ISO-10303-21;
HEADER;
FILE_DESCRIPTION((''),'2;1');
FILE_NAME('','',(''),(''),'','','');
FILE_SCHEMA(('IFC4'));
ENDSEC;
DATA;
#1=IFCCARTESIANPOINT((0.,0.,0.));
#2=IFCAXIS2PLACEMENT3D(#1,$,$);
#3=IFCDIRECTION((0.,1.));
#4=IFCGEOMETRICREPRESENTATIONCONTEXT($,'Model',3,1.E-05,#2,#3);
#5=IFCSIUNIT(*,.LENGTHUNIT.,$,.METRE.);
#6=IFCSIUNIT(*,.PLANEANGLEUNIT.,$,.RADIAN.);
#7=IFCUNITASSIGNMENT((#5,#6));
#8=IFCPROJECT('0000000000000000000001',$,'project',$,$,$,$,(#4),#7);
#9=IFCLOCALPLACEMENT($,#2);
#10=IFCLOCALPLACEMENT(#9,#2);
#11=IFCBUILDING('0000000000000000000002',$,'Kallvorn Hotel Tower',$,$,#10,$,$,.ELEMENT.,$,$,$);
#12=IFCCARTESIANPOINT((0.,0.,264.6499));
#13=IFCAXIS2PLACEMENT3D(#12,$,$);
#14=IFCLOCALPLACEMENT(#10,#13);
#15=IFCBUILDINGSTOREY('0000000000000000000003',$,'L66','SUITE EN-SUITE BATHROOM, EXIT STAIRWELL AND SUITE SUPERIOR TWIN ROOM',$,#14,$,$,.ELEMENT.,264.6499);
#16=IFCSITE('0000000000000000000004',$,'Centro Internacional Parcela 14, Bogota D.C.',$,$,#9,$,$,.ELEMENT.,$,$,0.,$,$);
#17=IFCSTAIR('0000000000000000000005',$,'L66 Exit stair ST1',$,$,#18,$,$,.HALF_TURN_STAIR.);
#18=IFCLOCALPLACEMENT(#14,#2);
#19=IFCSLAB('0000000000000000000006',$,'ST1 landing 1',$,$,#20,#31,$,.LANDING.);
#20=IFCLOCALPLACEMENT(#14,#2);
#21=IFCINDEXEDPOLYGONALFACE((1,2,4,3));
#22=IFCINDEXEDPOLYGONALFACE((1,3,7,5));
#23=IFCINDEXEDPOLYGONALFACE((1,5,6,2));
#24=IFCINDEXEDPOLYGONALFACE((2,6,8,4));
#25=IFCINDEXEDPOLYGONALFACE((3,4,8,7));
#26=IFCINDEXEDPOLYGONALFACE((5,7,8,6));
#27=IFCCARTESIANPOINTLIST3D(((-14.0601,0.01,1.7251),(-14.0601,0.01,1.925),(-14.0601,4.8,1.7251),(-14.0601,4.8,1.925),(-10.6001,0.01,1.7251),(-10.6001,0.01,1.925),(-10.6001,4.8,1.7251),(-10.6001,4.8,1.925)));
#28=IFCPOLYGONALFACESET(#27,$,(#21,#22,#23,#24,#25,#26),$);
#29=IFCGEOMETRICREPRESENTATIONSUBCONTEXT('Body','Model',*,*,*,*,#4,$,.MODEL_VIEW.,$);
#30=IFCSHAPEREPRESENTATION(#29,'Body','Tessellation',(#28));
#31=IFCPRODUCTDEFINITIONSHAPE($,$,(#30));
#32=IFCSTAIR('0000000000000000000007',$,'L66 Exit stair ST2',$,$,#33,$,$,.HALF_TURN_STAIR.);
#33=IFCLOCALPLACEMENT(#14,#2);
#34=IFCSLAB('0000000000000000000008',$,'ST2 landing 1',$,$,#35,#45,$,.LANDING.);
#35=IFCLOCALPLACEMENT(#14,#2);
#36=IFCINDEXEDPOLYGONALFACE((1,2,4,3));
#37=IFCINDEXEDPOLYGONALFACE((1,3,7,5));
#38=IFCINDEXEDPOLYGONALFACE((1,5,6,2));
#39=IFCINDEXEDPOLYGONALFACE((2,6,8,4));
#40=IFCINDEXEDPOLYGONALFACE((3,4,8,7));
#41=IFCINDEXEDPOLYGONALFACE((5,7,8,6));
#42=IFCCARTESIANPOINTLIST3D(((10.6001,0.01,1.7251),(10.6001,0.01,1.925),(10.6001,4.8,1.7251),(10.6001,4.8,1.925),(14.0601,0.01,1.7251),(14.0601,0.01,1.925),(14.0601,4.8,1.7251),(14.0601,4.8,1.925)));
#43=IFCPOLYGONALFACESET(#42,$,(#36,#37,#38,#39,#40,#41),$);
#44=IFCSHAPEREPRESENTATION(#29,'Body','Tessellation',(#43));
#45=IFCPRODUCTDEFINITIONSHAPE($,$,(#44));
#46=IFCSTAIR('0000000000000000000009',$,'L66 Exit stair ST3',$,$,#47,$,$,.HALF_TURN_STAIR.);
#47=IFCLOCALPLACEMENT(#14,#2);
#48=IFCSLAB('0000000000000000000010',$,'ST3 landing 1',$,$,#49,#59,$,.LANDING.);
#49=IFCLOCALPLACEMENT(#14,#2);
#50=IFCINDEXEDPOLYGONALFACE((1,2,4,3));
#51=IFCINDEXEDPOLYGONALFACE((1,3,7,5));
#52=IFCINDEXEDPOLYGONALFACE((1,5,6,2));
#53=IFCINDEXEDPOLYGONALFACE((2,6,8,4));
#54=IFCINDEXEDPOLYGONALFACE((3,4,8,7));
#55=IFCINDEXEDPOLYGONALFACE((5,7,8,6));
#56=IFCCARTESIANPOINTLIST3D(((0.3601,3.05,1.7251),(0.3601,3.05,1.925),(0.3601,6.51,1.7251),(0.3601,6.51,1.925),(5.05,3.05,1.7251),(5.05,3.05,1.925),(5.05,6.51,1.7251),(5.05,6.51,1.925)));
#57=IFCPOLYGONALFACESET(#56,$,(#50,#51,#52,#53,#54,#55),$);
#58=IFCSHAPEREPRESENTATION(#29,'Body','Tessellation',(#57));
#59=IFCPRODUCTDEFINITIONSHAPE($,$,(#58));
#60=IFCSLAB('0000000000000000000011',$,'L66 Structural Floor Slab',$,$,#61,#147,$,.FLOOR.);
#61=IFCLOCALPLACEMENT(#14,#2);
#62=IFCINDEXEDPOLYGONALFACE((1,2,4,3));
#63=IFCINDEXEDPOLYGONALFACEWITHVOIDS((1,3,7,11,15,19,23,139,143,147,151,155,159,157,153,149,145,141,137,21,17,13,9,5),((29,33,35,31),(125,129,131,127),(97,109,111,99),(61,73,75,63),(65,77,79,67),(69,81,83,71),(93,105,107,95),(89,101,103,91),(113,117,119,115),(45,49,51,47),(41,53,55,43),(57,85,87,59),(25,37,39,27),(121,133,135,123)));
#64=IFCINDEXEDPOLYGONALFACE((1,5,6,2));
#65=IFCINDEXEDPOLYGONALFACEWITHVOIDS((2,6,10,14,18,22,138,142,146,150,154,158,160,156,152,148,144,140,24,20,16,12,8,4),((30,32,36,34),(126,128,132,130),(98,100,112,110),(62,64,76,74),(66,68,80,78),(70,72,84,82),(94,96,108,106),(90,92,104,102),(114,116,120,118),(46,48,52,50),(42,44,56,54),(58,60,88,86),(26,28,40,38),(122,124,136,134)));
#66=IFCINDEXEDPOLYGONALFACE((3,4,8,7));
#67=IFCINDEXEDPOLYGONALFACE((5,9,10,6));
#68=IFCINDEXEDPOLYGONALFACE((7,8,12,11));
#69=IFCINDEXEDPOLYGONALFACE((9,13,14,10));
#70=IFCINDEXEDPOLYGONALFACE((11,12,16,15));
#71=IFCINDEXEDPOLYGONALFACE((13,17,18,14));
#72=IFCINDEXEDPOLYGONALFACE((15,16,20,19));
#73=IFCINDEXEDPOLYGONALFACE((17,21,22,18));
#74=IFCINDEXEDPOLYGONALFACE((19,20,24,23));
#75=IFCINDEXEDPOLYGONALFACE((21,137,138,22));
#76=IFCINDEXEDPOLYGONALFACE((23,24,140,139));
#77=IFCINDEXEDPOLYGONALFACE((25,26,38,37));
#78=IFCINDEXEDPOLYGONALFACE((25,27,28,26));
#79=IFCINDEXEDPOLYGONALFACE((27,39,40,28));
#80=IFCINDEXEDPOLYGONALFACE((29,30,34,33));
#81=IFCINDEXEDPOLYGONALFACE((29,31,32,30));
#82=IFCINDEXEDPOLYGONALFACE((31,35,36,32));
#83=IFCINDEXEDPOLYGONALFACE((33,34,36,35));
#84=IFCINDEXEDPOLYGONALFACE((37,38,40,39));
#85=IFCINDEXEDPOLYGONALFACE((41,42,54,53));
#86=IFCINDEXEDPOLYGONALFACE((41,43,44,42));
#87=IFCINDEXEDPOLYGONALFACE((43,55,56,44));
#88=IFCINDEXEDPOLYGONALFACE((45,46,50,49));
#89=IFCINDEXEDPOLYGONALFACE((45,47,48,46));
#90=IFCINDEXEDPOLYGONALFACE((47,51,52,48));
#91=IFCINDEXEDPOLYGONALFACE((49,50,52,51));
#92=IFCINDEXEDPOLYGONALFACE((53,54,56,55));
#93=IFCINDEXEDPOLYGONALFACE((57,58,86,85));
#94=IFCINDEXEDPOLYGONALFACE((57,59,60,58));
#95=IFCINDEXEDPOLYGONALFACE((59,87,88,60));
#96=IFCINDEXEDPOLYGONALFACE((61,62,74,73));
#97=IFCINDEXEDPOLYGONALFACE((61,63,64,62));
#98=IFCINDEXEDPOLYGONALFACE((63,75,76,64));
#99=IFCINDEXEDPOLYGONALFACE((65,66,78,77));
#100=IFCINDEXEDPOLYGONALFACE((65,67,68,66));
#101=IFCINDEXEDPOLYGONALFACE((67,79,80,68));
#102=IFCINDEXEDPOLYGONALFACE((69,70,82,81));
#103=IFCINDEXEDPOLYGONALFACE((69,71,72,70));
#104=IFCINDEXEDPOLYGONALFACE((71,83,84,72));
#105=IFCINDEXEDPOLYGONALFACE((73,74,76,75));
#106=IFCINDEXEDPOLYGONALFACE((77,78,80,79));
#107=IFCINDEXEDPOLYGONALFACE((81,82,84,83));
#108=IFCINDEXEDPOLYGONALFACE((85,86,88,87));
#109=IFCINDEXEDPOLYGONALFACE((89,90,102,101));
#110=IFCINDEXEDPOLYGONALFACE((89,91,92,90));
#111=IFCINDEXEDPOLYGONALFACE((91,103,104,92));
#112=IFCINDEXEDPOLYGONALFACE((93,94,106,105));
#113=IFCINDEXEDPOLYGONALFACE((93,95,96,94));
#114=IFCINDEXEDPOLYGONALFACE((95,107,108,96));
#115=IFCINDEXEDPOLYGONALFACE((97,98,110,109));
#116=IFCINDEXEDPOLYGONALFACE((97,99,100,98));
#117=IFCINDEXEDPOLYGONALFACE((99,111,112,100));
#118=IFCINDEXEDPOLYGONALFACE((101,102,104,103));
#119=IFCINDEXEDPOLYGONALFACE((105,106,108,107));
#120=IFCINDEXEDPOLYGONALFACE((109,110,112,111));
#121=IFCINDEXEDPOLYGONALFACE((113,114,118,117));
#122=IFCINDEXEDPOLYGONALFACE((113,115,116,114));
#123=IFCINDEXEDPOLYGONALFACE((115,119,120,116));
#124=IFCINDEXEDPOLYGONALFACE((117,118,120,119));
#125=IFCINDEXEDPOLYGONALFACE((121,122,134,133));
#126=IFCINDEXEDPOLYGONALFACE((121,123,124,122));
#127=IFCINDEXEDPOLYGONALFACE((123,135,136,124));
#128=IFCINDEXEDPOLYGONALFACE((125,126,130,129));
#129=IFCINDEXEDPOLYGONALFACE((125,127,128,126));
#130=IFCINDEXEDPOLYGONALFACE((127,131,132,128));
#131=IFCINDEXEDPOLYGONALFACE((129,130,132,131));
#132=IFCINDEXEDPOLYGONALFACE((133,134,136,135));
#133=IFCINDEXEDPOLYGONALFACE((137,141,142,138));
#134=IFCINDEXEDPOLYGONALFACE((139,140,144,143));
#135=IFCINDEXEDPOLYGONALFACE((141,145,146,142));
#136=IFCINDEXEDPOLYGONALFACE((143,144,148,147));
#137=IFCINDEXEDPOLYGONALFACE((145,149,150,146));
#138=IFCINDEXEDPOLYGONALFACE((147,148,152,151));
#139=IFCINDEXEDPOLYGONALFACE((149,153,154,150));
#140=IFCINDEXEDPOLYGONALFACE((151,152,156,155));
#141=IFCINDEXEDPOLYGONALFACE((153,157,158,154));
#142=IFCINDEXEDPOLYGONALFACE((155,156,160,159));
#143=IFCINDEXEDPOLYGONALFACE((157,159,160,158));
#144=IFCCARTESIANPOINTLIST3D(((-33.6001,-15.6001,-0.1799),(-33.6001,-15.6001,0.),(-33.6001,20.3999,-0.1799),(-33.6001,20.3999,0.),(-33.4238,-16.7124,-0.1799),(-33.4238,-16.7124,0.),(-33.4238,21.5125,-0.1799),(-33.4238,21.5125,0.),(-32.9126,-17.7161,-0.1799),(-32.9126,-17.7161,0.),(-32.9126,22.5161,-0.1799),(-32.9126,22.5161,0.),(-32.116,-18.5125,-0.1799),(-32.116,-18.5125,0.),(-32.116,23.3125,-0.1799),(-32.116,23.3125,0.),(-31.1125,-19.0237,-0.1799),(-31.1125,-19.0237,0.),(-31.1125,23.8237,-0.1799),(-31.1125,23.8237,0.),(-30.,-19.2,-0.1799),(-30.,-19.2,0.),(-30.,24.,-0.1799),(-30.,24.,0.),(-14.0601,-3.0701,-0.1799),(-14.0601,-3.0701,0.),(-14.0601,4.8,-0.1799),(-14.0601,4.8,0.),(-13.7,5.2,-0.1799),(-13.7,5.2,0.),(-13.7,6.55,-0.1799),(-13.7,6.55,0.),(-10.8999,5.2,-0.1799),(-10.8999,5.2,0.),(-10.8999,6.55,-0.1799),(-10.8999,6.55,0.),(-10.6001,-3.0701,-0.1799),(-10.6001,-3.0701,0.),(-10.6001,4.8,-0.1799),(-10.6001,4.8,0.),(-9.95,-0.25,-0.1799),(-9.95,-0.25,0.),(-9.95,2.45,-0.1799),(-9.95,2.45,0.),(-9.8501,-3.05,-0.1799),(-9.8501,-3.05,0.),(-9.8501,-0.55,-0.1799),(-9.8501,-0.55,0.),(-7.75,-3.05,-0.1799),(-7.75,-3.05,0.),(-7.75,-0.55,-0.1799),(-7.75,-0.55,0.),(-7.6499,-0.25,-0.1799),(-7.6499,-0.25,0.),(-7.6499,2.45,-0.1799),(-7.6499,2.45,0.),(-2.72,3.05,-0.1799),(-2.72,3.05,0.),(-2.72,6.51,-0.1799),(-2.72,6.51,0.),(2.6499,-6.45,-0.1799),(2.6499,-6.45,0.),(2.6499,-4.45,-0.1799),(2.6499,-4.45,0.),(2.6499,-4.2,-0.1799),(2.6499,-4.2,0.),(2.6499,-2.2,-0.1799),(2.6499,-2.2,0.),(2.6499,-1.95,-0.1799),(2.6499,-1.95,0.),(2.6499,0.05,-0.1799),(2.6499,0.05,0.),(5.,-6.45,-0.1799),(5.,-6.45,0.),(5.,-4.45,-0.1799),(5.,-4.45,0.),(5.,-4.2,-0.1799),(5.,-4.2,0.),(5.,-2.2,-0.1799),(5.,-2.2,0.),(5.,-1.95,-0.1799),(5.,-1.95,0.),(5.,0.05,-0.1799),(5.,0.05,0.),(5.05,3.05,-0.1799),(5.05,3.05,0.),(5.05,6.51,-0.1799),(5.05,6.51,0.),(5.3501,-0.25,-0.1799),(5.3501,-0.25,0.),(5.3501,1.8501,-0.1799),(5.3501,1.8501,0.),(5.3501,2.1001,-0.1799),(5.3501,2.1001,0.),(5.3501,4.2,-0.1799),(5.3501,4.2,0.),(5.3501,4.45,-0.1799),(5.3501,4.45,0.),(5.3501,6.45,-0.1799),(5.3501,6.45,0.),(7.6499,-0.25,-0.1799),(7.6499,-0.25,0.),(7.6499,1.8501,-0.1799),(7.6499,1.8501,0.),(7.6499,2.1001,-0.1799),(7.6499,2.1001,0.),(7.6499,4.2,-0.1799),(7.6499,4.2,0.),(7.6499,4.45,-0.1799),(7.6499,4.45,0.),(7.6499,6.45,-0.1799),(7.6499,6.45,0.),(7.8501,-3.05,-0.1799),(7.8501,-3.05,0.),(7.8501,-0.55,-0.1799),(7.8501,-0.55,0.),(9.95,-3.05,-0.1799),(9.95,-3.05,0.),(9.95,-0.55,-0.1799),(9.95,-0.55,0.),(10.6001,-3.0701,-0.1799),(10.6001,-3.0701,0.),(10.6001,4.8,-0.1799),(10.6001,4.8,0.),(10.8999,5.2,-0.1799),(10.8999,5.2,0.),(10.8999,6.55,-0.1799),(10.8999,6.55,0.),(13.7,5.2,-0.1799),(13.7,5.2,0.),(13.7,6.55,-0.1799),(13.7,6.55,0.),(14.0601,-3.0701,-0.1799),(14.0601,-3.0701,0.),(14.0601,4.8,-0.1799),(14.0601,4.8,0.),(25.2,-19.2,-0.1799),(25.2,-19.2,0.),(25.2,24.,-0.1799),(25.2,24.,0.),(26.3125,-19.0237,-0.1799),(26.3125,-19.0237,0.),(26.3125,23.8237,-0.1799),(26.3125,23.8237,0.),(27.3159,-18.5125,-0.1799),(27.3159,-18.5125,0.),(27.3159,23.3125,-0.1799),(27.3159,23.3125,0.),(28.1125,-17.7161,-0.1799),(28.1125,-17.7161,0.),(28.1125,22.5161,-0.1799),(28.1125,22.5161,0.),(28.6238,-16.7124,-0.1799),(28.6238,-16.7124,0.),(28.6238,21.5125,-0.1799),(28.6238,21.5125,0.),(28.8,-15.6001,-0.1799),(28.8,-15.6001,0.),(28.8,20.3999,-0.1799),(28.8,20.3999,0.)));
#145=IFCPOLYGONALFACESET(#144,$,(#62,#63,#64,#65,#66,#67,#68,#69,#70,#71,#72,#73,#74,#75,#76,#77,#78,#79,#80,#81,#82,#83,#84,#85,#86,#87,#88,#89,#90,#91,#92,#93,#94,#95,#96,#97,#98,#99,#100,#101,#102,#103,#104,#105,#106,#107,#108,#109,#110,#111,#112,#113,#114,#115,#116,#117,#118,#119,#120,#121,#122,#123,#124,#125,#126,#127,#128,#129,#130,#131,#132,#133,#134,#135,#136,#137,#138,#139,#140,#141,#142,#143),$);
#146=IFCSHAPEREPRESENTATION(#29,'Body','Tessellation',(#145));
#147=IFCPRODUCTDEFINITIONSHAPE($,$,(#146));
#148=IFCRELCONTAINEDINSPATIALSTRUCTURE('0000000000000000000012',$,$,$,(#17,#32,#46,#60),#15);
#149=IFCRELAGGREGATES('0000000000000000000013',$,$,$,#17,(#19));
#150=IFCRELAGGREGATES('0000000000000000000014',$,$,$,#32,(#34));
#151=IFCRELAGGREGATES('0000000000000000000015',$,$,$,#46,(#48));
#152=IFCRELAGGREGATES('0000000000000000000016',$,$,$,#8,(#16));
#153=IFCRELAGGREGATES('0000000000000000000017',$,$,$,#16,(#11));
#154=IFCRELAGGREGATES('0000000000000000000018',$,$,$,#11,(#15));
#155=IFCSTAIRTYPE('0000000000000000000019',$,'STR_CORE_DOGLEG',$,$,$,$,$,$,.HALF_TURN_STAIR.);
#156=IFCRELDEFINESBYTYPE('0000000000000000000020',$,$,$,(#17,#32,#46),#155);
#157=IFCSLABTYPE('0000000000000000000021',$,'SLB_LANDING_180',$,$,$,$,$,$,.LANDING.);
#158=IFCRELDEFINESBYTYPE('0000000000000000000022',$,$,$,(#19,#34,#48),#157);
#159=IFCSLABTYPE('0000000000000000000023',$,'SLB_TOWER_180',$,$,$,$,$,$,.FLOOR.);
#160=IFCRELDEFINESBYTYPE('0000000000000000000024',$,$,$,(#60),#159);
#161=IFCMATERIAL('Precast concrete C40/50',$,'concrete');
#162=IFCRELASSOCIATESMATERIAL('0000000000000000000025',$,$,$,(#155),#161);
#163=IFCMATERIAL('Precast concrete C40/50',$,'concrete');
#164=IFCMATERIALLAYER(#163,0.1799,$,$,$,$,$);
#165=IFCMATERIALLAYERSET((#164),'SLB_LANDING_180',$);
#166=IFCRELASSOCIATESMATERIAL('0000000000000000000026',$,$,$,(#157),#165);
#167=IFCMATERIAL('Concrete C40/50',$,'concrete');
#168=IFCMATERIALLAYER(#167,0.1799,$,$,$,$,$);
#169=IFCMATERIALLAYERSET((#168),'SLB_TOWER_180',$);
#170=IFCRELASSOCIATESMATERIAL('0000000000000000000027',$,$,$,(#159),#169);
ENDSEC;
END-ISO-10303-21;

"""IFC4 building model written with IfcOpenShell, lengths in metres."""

from ifc_helpers import new_model, si_unit, direction, frame, origin, place, context, subcontext, project, spatial, polyline, outline, extrude, material, layer, layer_set, type_object, element, aggregate, save


model = new_model("IFC4")

# Units and contexts
model_context = context("Model", 3, precision=1e-05, world=origin(), true_north=direction((0.0, 1.0)))
body_context = subcontext(model_context, "Body", "Model", "MODEL_VIEW")
ifc_project = project(units=[si_unit("LENGTHUNIT", "METRE"), si_unit("PLANEANGLEUNIT", "RADIAN")], contexts=[model_context])

# Site, building, storey
site_placement = place(None, origin())
site = spatial("IfcSite", under=ifc_project, at=site_placement, Name="Centro Internacional Parcela 14, Bogota D.C.", CompositionType="ELEMENT", RefElevation=0.0)
building_placement = place(site_placement, origin())
building = spatial("IfcBuilding", under=site, at=building_placement, Name="Kallvorn Hotel Tower", CompositionType="ELEMENT")
storey_placement = place(building_placement, frame((0.0, 0.0, 264.6499)))
storey = spatial("IfcBuildingStorey", under=building, at=storey_placement, Name="L66", Description="SUITE EN-SUITE BATHROOM, EXIT STAIRWELL AND SUITE SUPERIOR TWIN ROOM", CompositionType="ELEMENT", Elevation=264.6499)

# Stairs, slabs
ifc_material_1 = material(Name="Precast concrete C40/50", Category="concrete")
stair_type = type_object("IfcStairType", Name="STR_CORE_DOGLEG", PredefinedType="HALF_TURN_STAIR", material=ifc_material_1)
stair_1_placement = place(storey_placement, origin())
stair_1 = element("IfcStair", 1, at=stair_1_placement, inside=storey, type_object=stair_type, Name="L66 Exit stair ST1", PredefinedType="HALF_TURN_STAIR")
ifc_material_2 = material(Name="Precast concrete C40/50", Category="concrete")
ifc_layer_1 = layer(ifc_material_2, 0.1799)
ifc_layer_set_1 = layer_set([ifc_layer_1], Name="SLB_LANDING_180")
slab_type_1 = type_object("IfcSlabType", Name="SLB_LANDING_180", PredefinedType="LANDING", material=ifc_layer_set_1)
slab_1_placement = place(storey_placement, frame((0.0, 0.0, 1.7251)))
slab_1 = element("IfcSlab", 2, at=slab_1_placement, type_object=slab_type_1, Name="ST1 landing 1", PredefinedType="LANDING", context=body_context, shape_type="SweptSolid", body=[
    extrude(outline(polyline([(-10.6001, 0.01), (-10.6001, 4.8), (-14.0601, 4.8), (-14.0601, 0.01), (-10.6001, 0.01)])), origin(), (0.0, 0.0, 1.0), 0.2),
])
aggregate(stair_1, [slab_1])
stair_2_placement = place(storey_placement, origin())
stair_2 = element("IfcStair", 3, at=stair_2_placement, inside=storey, type_object=stair_type, Name="L66 Exit stair ST2", PredefinedType="HALF_TURN_STAIR")
slab_2_placement = place(storey_placement, frame((0.0, 0.0, 1.7251)))
slab_2 = element("IfcSlab", 4, at=slab_2_placement, type_object=slab_type_1, Name="ST2 landing 1", PredefinedType="LANDING", context=body_context, shape_type="SweptSolid", body=[
    extrude(outline(polyline([(14.0601, 0.01), (14.0601, 4.8), (10.6001, 4.8), (10.6001, 0.01), (14.0601, 0.01)])), origin(), (0.0, 0.0, 1.0), 0.2),
])
aggregate(stair_2, [slab_2])
stair_3_placement = place(storey_placement, origin())
stair_3 = element("IfcStair", 5, at=stair_3_placement, inside=storey, type_object=stair_type, Name="L66 Exit stair ST3", PredefinedType="HALF_TURN_STAIR")
slab_3_placement = place(storey_placement, frame((0.0, 0.0, 1.7251)))
slab_3 = element("IfcSlab", 6, at=slab_3_placement, type_object=slab_type_1, Name="ST3 landing 1", PredefinedType="LANDING", context=body_context, shape_type="SweptSolid", body=[
    extrude(outline(polyline([(0.3601, 3.05), (5.05, 3.05), (5.05, 6.51), (0.3601, 6.51), (0.3601, 3.05)])), origin(), (0.0, 0.0, 1.0), 0.2),
])
aggregate(stair_3, [slab_3])

# Slab
ifc_material_3 = material(Name="Concrete C40/50", Category="concrete")
ifc_layer_2 = layer(ifc_material_3, 0.1799)
ifc_layer_set_2 = layer_set([ifc_layer_2], Name="SLB_TOWER_180")
slab_type_2 = type_object("IfcSlabType", Name="SLB_TOWER_180", PredefinedType="FLOOR", material=ifc_layer_set_2)
slab_4_placement = place(storey_placement, frame((0.0, 0.0, -0.1799)))
element("IfcSlab", 7, at=slab_4_placement, inside=storey, type_object=slab_type_2, Name="L66 Structural Floor Slab", PredefinedType="FLOOR", context=body_context, shape_type="SweptSolid", body=[
    extrude(outline(polyline([(25.2, -19.2), (26.3125, -19.0237), (27.3159, -18.5125), (28.1125, -17.7161), (28.6238, -16.7124), (28.8, -15.6001), (28.8, 20.3999), (28.6238, 21.5125), (28.1125, 22.5161), (27.3159, 23.3125), (26.3125, 23.8237), (25.2, 24.0), (-30.0, 24.0), (-31.1125, 23.8237), (-32.116, 23.3125), (-32.9126, 22.5161), (-33.4238, 21.5125), (-33.6001, 20.3999), (-33.6001, -15.6001), (-33.4238, -16.7124), (-32.9126, -17.7161), (-32.116, -18.5125), (-31.1125, -19.0237), (-30.0, -19.2), (25.2, -19.2)]), holes=[polyline([(-10.6001, -3.0701), (-10.6001, 4.8), (-14.0601, 4.8), (-14.0601, -3.0701), (-10.6001, -3.0701)]), polyline([(14.0601, -3.0701), (14.0601, 4.8), (10.6001, 4.8), (10.6001, -3.0701), (14.0601, -3.0701)]), polyline([(-2.72, 3.05), (5.05, 3.05), (5.05, 6.51), (-2.72, 6.51), (-2.72, 3.05)]), polyline([(2.6499, -6.45), (5.0, -6.45), (5.0, -4.45), (2.6499, -4.45), (2.6499, -6.45)]), polyline([(2.6499, -4.2), (5.0, -4.2), (5.0, -2.2), (2.6499, -2.2), (2.6499, -4.2)]), polyline([(2.6499, -1.95), (5.0, -1.95), (5.0, 0.05), (2.6499, 0.05), (2.6499, -1.95)]), polyline([(5.3501, -0.25), (7.6499, -0.25), (7.6499, 1.8501), (5.3501, 1.8501), (5.3501, -0.25)]), polyline([(5.3501, 2.1001), (7.6499, 2.1001), (7.6499, 4.2), (5.3501, 4.2), (5.3501, 2.1001)]), polyline([(5.3501, 4.45), (7.6499, 4.45), (7.6499, 6.45), (5.3501, 6.45), (5.3501, 4.45)]), polyline([(-9.8501, -3.05), (-7.75, -3.05), (-7.75, -0.55), (-9.8501, -0.55), (-9.8501, -3.05)]), polyline([(7.8501, -3.05), (9.95, -3.05), (9.95, -0.55), (7.8501, -0.55), (7.8501, -3.05)]), polyline([(-9.95, -0.25), (-7.6499, -0.25), (-7.6499, 2.45), (-9.95, 2.45), (-9.95, -0.25)]), polyline([(-13.7, 5.2), (-10.8999, 5.2), (-10.8999, 6.55), (-13.7, 6.55), (-13.7, 5.2)]), polyline([(10.8999, 5.2), (13.7, 5.2), (13.7, 6.55), (10.8999, 6.55), (10.8999, 5.2)])]), origin(), (0.0, 0.0, 1.0), 0.1799),
])

save(model, "model.ifc")
